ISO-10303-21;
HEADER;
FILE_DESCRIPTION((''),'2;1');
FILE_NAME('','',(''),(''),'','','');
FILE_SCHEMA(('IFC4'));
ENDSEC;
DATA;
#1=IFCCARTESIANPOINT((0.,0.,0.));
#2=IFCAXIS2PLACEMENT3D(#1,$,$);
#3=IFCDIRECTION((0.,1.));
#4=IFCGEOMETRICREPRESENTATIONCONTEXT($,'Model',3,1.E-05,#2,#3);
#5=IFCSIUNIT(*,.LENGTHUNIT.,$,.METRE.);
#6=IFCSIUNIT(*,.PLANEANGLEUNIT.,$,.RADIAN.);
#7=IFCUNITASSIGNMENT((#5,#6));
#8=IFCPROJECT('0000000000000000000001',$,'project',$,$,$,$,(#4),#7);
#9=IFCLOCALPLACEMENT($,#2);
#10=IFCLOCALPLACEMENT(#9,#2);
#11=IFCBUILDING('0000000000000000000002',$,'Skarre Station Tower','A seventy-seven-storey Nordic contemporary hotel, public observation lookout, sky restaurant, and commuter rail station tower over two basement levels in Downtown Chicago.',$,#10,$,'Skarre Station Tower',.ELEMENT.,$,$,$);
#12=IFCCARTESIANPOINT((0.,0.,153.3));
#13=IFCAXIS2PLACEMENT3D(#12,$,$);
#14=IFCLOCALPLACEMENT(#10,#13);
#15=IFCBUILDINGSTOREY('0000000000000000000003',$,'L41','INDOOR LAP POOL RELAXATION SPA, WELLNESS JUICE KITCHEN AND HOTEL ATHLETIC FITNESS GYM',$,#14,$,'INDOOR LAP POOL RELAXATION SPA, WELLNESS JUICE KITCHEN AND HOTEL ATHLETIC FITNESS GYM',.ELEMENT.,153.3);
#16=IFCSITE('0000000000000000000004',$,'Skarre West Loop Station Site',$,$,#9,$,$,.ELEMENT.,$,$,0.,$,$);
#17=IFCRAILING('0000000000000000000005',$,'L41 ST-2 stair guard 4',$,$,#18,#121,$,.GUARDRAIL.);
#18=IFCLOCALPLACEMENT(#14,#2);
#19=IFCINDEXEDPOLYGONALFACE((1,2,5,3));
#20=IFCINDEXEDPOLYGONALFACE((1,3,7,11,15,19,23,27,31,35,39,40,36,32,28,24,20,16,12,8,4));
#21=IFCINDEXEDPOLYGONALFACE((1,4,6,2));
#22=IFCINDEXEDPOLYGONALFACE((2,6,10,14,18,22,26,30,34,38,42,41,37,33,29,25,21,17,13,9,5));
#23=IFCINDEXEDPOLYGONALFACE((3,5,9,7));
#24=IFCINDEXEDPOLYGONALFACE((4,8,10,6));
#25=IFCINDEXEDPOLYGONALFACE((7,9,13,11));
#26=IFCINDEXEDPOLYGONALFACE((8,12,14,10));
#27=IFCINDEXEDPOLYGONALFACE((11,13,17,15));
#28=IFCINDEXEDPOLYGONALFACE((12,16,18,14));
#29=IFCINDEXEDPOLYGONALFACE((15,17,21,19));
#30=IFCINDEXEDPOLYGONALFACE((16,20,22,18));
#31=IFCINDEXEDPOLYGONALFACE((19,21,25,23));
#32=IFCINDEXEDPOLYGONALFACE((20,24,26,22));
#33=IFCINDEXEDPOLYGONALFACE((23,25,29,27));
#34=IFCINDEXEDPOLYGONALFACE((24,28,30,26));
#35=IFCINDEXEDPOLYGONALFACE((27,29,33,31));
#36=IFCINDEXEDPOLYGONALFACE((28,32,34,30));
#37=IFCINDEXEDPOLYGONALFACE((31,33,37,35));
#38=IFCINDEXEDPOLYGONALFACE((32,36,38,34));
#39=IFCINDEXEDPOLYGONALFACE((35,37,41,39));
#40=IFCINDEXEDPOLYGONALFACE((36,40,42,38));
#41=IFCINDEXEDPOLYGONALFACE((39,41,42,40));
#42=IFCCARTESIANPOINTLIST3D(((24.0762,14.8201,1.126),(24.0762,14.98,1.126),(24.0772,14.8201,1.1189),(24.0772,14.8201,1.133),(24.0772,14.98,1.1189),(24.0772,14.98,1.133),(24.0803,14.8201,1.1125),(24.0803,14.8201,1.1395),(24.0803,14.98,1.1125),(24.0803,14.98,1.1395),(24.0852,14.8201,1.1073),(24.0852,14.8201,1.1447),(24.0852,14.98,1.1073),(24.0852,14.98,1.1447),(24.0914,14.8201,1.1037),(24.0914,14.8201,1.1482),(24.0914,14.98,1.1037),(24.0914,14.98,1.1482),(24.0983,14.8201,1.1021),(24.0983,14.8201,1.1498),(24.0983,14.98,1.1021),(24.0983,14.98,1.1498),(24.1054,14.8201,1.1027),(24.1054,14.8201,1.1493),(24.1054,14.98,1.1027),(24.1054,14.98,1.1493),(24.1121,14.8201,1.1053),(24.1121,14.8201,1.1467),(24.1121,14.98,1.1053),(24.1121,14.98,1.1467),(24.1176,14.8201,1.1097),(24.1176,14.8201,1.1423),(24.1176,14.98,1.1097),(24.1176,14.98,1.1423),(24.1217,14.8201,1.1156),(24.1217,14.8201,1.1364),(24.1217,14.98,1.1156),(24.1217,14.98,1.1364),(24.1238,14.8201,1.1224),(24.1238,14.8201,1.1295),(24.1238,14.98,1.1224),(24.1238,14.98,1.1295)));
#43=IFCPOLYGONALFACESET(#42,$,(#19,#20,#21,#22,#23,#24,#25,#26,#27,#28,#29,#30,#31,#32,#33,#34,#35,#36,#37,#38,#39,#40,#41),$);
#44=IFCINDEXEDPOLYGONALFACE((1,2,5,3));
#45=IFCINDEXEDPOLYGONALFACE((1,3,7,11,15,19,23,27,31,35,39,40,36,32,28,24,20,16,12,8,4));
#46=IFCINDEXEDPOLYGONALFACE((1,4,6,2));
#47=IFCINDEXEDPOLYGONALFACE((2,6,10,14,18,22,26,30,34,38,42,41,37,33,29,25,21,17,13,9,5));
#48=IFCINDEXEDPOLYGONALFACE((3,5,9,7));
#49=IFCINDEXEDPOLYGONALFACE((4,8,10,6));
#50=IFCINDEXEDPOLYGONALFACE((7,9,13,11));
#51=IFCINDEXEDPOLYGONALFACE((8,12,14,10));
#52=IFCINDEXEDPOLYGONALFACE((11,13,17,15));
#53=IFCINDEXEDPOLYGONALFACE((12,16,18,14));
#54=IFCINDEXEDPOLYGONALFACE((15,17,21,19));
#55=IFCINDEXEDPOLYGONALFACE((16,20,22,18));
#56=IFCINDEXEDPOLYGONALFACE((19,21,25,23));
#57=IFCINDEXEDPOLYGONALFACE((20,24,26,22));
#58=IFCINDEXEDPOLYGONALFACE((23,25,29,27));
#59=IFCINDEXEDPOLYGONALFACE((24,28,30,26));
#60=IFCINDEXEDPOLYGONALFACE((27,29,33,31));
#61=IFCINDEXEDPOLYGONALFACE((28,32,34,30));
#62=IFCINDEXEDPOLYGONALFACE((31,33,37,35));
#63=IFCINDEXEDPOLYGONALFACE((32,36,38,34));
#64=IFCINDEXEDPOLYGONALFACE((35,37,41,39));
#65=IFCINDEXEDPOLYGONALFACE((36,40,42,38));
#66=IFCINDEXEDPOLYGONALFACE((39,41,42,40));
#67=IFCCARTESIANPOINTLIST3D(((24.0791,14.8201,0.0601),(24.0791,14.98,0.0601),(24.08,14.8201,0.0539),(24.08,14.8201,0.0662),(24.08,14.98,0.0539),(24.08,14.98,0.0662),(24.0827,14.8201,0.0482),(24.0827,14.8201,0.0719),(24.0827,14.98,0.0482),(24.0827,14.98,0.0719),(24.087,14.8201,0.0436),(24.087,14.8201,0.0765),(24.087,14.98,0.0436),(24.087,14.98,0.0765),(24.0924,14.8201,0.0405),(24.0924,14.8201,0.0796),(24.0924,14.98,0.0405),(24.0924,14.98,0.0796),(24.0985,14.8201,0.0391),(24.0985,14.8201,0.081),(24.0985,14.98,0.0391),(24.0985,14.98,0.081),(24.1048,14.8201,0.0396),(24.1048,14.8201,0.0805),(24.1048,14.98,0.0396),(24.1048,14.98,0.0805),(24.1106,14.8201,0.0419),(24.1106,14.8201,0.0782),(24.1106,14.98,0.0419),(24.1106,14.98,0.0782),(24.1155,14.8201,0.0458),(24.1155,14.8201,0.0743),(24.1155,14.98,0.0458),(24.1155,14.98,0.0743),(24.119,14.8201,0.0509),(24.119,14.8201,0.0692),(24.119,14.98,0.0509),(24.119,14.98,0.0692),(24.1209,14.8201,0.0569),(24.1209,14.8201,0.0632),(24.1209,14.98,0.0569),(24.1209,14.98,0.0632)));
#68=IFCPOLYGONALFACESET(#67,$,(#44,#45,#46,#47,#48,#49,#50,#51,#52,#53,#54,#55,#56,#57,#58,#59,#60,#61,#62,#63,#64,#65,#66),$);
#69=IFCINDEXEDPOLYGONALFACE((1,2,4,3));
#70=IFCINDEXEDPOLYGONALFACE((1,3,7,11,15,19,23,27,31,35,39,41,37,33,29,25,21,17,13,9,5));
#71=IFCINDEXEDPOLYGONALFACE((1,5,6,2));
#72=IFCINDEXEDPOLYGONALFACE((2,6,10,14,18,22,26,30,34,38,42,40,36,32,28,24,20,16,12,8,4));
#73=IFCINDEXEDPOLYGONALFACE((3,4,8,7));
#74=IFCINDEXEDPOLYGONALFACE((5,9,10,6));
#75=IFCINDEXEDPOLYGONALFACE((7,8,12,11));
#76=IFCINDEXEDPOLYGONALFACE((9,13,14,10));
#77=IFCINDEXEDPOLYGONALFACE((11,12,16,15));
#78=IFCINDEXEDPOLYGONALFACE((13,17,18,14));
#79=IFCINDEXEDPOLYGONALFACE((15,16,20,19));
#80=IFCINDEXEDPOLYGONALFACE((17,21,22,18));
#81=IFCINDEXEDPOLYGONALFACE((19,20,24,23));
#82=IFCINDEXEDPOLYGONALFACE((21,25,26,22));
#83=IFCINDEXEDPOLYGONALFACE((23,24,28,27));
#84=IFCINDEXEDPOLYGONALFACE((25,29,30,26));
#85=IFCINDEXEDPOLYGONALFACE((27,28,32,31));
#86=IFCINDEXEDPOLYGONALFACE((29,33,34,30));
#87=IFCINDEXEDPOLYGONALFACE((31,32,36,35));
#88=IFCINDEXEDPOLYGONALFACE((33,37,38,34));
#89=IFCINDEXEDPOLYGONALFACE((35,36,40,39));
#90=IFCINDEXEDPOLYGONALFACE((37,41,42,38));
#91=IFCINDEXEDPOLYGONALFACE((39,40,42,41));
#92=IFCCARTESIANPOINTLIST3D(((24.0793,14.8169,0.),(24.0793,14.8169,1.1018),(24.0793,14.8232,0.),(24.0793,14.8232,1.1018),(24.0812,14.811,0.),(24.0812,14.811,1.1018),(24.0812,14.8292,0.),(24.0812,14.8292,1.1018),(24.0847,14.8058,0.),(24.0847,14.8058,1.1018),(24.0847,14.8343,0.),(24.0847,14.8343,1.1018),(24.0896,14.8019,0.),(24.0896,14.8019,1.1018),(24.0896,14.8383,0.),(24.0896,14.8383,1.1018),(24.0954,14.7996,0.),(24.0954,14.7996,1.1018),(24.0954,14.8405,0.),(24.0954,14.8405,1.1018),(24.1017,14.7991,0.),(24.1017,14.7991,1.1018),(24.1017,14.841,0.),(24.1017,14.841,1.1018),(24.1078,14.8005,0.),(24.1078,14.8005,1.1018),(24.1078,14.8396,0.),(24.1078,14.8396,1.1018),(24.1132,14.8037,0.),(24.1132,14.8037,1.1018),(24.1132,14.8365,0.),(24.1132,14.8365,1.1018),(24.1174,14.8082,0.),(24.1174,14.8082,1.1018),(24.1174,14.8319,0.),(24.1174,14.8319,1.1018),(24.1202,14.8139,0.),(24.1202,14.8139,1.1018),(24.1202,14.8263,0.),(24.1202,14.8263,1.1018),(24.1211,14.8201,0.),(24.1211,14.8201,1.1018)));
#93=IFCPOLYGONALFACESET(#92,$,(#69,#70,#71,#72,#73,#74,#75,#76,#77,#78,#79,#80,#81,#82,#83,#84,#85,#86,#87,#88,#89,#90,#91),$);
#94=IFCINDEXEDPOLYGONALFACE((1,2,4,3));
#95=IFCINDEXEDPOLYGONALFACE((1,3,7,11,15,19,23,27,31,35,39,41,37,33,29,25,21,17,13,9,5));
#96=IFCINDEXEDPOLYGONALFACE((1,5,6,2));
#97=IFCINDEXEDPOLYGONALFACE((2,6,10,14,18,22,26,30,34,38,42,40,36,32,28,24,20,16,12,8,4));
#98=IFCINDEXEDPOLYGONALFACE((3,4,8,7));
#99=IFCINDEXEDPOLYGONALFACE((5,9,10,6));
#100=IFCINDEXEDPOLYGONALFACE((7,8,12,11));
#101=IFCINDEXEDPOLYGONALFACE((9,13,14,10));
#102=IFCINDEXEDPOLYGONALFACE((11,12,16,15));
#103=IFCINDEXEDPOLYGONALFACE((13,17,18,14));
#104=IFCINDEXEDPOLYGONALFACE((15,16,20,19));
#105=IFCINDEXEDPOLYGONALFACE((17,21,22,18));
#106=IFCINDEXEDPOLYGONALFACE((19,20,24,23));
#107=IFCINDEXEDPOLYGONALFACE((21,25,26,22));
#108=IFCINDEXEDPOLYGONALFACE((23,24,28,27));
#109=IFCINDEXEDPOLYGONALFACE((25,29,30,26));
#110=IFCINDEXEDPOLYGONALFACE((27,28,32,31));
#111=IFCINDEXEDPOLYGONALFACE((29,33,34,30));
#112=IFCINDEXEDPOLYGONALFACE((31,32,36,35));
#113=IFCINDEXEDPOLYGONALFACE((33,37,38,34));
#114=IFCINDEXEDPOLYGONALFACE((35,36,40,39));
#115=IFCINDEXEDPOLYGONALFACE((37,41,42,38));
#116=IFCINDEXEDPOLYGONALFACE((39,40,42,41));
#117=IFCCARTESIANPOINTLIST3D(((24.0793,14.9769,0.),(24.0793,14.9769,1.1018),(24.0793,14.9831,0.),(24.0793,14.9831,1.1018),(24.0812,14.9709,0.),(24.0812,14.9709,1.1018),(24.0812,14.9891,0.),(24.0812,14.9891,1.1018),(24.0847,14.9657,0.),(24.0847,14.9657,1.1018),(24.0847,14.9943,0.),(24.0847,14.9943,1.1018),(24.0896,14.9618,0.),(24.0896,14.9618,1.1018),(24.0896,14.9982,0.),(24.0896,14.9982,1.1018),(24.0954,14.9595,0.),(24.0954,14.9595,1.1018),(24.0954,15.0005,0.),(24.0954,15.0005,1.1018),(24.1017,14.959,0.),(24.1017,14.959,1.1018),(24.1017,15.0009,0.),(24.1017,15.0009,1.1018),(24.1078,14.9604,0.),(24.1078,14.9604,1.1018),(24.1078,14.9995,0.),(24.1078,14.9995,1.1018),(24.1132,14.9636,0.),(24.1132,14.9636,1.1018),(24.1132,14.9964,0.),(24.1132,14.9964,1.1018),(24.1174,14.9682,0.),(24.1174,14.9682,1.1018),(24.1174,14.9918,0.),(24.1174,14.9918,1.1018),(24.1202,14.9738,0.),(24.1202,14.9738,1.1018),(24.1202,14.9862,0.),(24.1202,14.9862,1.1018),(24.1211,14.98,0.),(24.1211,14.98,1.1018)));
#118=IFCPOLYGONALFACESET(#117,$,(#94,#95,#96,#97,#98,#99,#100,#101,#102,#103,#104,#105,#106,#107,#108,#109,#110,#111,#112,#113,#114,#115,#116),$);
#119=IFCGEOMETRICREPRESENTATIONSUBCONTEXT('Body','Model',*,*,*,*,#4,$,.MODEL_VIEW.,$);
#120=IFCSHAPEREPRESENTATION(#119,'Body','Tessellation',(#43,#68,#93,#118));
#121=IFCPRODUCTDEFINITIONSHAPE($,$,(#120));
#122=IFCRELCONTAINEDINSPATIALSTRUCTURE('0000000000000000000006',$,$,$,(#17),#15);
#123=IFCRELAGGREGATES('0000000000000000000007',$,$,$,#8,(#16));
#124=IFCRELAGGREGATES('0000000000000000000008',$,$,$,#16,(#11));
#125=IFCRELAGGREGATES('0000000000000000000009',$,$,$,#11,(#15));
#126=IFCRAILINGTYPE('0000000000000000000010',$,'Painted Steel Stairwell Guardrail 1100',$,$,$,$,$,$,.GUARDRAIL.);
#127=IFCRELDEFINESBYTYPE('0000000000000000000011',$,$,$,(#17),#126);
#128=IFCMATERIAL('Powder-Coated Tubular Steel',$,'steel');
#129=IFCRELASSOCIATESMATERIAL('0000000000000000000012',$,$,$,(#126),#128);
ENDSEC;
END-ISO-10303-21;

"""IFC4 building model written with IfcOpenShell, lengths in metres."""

from ifc_helpers import new_model, si_unit, direction, frame, origin, origin_2d, place, context, subcontext, project, spatial, circle, extrude, material, type_object, element, save


model = new_model("IFC4")

# Units and contexts
model_context = context("Model", 3, precision=1e-05, world=origin(), true_north=direction((0.0, 1.0)))
body_context = subcontext(model_context, "Body", "Model", "MODEL_VIEW")
ifc_project = project(units=[si_unit("LENGTHUNIT", "METRE"), si_unit("PLANEANGLEUNIT", "RADIAN")], contexts=[model_context])

# Site, building, storey
site_placement = place(None, origin())
site = spatial("IfcSite", under=ifc_project, at=site_placement, Name="Skarre West Loop Station Site", CompositionType="ELEMENT", RefElevation=0.0)
building_placement = place(site_placement, origin())
building = spatial("IfcBuilding", under=site, at=building_placement, Name="Skarre Station Tower", Description="A seventy-seven-storey Nordic contemporary hotel, public observation lookout, sky restaurant, and commuter rail station tower over two basement levels in Downtown Chicago.", LongName="Skarre Station Tower", CompositionType="ELEMENT")
storey_placement = place(building_placement, frame((0.0, 0.0, 153.3)))
storey = spatial("IfcBuildingStorey", under=building, at=storey_placement, Name="L41", Description="INDOOR LAP POOL RELAXATION SPA, WELLNESS JUICE KITCHEN AND HOTEL ATHLETIC FITNESS GYM", LongName="INDOOR LAP POOL RELAXATION SPA, WELLNESS JUICE KITCHEN AND HOTEL ATHLETIC FITNESS GYM", CompositionType="ELEMENT", Elevation=153.3)

# Railing
ifc_material_1 = material(Name="Powder-Coated Tubular Steel", Category="steel")
railing_type_1 = type_object("IfcRailingType", Name="Painted Steel Stairwell Guardrail 1100", PredefinedType="GUARDRAIL", material=ifc_material_1)
railing_1_placement = place(storey_placement, frame((24.1001, 14.8201, 0.0)))
element("IfcRailing", 1, at=railing_1_placement, inside=storey, type_object=railing_type_1, Name="L41 ST-2 stair guard 4", PredefinedType="GUARDRAIL", context=body_context, shape_type="SweptSolid", body=[
    extrude(circle(Radius=0.0239, at=origin_2d()), frame((0.0, 0.0, 1.126), z_axis=(0.0, 1.0, 0.0), x_axis=(-1.0, 0.0, 0.0)), (0.0, 0.0, 1.0), 0.1599),
    extrude(circle(Radius=0.021, at=origin_2d()), frame((0.0, 0.0, 0.0601), z_axis=(0.0, 1.0, 0.0), x_axis=(-1.0, 0.0, 0.0)), (0.0, 0.0, 1.0), 0.1599),
    extrude(circle(Radius=0.021, at=origin_2d()), origin(), (0.0, 0.0, 1.0), 1.1018),
    extrude(circle(Radius=0.021, at=origin_2d()), frame((0.0, 0.1599, 0.0)), (0.0, 0.0, 1.0), 1.1018),
])

save(model, "model.ifc")
